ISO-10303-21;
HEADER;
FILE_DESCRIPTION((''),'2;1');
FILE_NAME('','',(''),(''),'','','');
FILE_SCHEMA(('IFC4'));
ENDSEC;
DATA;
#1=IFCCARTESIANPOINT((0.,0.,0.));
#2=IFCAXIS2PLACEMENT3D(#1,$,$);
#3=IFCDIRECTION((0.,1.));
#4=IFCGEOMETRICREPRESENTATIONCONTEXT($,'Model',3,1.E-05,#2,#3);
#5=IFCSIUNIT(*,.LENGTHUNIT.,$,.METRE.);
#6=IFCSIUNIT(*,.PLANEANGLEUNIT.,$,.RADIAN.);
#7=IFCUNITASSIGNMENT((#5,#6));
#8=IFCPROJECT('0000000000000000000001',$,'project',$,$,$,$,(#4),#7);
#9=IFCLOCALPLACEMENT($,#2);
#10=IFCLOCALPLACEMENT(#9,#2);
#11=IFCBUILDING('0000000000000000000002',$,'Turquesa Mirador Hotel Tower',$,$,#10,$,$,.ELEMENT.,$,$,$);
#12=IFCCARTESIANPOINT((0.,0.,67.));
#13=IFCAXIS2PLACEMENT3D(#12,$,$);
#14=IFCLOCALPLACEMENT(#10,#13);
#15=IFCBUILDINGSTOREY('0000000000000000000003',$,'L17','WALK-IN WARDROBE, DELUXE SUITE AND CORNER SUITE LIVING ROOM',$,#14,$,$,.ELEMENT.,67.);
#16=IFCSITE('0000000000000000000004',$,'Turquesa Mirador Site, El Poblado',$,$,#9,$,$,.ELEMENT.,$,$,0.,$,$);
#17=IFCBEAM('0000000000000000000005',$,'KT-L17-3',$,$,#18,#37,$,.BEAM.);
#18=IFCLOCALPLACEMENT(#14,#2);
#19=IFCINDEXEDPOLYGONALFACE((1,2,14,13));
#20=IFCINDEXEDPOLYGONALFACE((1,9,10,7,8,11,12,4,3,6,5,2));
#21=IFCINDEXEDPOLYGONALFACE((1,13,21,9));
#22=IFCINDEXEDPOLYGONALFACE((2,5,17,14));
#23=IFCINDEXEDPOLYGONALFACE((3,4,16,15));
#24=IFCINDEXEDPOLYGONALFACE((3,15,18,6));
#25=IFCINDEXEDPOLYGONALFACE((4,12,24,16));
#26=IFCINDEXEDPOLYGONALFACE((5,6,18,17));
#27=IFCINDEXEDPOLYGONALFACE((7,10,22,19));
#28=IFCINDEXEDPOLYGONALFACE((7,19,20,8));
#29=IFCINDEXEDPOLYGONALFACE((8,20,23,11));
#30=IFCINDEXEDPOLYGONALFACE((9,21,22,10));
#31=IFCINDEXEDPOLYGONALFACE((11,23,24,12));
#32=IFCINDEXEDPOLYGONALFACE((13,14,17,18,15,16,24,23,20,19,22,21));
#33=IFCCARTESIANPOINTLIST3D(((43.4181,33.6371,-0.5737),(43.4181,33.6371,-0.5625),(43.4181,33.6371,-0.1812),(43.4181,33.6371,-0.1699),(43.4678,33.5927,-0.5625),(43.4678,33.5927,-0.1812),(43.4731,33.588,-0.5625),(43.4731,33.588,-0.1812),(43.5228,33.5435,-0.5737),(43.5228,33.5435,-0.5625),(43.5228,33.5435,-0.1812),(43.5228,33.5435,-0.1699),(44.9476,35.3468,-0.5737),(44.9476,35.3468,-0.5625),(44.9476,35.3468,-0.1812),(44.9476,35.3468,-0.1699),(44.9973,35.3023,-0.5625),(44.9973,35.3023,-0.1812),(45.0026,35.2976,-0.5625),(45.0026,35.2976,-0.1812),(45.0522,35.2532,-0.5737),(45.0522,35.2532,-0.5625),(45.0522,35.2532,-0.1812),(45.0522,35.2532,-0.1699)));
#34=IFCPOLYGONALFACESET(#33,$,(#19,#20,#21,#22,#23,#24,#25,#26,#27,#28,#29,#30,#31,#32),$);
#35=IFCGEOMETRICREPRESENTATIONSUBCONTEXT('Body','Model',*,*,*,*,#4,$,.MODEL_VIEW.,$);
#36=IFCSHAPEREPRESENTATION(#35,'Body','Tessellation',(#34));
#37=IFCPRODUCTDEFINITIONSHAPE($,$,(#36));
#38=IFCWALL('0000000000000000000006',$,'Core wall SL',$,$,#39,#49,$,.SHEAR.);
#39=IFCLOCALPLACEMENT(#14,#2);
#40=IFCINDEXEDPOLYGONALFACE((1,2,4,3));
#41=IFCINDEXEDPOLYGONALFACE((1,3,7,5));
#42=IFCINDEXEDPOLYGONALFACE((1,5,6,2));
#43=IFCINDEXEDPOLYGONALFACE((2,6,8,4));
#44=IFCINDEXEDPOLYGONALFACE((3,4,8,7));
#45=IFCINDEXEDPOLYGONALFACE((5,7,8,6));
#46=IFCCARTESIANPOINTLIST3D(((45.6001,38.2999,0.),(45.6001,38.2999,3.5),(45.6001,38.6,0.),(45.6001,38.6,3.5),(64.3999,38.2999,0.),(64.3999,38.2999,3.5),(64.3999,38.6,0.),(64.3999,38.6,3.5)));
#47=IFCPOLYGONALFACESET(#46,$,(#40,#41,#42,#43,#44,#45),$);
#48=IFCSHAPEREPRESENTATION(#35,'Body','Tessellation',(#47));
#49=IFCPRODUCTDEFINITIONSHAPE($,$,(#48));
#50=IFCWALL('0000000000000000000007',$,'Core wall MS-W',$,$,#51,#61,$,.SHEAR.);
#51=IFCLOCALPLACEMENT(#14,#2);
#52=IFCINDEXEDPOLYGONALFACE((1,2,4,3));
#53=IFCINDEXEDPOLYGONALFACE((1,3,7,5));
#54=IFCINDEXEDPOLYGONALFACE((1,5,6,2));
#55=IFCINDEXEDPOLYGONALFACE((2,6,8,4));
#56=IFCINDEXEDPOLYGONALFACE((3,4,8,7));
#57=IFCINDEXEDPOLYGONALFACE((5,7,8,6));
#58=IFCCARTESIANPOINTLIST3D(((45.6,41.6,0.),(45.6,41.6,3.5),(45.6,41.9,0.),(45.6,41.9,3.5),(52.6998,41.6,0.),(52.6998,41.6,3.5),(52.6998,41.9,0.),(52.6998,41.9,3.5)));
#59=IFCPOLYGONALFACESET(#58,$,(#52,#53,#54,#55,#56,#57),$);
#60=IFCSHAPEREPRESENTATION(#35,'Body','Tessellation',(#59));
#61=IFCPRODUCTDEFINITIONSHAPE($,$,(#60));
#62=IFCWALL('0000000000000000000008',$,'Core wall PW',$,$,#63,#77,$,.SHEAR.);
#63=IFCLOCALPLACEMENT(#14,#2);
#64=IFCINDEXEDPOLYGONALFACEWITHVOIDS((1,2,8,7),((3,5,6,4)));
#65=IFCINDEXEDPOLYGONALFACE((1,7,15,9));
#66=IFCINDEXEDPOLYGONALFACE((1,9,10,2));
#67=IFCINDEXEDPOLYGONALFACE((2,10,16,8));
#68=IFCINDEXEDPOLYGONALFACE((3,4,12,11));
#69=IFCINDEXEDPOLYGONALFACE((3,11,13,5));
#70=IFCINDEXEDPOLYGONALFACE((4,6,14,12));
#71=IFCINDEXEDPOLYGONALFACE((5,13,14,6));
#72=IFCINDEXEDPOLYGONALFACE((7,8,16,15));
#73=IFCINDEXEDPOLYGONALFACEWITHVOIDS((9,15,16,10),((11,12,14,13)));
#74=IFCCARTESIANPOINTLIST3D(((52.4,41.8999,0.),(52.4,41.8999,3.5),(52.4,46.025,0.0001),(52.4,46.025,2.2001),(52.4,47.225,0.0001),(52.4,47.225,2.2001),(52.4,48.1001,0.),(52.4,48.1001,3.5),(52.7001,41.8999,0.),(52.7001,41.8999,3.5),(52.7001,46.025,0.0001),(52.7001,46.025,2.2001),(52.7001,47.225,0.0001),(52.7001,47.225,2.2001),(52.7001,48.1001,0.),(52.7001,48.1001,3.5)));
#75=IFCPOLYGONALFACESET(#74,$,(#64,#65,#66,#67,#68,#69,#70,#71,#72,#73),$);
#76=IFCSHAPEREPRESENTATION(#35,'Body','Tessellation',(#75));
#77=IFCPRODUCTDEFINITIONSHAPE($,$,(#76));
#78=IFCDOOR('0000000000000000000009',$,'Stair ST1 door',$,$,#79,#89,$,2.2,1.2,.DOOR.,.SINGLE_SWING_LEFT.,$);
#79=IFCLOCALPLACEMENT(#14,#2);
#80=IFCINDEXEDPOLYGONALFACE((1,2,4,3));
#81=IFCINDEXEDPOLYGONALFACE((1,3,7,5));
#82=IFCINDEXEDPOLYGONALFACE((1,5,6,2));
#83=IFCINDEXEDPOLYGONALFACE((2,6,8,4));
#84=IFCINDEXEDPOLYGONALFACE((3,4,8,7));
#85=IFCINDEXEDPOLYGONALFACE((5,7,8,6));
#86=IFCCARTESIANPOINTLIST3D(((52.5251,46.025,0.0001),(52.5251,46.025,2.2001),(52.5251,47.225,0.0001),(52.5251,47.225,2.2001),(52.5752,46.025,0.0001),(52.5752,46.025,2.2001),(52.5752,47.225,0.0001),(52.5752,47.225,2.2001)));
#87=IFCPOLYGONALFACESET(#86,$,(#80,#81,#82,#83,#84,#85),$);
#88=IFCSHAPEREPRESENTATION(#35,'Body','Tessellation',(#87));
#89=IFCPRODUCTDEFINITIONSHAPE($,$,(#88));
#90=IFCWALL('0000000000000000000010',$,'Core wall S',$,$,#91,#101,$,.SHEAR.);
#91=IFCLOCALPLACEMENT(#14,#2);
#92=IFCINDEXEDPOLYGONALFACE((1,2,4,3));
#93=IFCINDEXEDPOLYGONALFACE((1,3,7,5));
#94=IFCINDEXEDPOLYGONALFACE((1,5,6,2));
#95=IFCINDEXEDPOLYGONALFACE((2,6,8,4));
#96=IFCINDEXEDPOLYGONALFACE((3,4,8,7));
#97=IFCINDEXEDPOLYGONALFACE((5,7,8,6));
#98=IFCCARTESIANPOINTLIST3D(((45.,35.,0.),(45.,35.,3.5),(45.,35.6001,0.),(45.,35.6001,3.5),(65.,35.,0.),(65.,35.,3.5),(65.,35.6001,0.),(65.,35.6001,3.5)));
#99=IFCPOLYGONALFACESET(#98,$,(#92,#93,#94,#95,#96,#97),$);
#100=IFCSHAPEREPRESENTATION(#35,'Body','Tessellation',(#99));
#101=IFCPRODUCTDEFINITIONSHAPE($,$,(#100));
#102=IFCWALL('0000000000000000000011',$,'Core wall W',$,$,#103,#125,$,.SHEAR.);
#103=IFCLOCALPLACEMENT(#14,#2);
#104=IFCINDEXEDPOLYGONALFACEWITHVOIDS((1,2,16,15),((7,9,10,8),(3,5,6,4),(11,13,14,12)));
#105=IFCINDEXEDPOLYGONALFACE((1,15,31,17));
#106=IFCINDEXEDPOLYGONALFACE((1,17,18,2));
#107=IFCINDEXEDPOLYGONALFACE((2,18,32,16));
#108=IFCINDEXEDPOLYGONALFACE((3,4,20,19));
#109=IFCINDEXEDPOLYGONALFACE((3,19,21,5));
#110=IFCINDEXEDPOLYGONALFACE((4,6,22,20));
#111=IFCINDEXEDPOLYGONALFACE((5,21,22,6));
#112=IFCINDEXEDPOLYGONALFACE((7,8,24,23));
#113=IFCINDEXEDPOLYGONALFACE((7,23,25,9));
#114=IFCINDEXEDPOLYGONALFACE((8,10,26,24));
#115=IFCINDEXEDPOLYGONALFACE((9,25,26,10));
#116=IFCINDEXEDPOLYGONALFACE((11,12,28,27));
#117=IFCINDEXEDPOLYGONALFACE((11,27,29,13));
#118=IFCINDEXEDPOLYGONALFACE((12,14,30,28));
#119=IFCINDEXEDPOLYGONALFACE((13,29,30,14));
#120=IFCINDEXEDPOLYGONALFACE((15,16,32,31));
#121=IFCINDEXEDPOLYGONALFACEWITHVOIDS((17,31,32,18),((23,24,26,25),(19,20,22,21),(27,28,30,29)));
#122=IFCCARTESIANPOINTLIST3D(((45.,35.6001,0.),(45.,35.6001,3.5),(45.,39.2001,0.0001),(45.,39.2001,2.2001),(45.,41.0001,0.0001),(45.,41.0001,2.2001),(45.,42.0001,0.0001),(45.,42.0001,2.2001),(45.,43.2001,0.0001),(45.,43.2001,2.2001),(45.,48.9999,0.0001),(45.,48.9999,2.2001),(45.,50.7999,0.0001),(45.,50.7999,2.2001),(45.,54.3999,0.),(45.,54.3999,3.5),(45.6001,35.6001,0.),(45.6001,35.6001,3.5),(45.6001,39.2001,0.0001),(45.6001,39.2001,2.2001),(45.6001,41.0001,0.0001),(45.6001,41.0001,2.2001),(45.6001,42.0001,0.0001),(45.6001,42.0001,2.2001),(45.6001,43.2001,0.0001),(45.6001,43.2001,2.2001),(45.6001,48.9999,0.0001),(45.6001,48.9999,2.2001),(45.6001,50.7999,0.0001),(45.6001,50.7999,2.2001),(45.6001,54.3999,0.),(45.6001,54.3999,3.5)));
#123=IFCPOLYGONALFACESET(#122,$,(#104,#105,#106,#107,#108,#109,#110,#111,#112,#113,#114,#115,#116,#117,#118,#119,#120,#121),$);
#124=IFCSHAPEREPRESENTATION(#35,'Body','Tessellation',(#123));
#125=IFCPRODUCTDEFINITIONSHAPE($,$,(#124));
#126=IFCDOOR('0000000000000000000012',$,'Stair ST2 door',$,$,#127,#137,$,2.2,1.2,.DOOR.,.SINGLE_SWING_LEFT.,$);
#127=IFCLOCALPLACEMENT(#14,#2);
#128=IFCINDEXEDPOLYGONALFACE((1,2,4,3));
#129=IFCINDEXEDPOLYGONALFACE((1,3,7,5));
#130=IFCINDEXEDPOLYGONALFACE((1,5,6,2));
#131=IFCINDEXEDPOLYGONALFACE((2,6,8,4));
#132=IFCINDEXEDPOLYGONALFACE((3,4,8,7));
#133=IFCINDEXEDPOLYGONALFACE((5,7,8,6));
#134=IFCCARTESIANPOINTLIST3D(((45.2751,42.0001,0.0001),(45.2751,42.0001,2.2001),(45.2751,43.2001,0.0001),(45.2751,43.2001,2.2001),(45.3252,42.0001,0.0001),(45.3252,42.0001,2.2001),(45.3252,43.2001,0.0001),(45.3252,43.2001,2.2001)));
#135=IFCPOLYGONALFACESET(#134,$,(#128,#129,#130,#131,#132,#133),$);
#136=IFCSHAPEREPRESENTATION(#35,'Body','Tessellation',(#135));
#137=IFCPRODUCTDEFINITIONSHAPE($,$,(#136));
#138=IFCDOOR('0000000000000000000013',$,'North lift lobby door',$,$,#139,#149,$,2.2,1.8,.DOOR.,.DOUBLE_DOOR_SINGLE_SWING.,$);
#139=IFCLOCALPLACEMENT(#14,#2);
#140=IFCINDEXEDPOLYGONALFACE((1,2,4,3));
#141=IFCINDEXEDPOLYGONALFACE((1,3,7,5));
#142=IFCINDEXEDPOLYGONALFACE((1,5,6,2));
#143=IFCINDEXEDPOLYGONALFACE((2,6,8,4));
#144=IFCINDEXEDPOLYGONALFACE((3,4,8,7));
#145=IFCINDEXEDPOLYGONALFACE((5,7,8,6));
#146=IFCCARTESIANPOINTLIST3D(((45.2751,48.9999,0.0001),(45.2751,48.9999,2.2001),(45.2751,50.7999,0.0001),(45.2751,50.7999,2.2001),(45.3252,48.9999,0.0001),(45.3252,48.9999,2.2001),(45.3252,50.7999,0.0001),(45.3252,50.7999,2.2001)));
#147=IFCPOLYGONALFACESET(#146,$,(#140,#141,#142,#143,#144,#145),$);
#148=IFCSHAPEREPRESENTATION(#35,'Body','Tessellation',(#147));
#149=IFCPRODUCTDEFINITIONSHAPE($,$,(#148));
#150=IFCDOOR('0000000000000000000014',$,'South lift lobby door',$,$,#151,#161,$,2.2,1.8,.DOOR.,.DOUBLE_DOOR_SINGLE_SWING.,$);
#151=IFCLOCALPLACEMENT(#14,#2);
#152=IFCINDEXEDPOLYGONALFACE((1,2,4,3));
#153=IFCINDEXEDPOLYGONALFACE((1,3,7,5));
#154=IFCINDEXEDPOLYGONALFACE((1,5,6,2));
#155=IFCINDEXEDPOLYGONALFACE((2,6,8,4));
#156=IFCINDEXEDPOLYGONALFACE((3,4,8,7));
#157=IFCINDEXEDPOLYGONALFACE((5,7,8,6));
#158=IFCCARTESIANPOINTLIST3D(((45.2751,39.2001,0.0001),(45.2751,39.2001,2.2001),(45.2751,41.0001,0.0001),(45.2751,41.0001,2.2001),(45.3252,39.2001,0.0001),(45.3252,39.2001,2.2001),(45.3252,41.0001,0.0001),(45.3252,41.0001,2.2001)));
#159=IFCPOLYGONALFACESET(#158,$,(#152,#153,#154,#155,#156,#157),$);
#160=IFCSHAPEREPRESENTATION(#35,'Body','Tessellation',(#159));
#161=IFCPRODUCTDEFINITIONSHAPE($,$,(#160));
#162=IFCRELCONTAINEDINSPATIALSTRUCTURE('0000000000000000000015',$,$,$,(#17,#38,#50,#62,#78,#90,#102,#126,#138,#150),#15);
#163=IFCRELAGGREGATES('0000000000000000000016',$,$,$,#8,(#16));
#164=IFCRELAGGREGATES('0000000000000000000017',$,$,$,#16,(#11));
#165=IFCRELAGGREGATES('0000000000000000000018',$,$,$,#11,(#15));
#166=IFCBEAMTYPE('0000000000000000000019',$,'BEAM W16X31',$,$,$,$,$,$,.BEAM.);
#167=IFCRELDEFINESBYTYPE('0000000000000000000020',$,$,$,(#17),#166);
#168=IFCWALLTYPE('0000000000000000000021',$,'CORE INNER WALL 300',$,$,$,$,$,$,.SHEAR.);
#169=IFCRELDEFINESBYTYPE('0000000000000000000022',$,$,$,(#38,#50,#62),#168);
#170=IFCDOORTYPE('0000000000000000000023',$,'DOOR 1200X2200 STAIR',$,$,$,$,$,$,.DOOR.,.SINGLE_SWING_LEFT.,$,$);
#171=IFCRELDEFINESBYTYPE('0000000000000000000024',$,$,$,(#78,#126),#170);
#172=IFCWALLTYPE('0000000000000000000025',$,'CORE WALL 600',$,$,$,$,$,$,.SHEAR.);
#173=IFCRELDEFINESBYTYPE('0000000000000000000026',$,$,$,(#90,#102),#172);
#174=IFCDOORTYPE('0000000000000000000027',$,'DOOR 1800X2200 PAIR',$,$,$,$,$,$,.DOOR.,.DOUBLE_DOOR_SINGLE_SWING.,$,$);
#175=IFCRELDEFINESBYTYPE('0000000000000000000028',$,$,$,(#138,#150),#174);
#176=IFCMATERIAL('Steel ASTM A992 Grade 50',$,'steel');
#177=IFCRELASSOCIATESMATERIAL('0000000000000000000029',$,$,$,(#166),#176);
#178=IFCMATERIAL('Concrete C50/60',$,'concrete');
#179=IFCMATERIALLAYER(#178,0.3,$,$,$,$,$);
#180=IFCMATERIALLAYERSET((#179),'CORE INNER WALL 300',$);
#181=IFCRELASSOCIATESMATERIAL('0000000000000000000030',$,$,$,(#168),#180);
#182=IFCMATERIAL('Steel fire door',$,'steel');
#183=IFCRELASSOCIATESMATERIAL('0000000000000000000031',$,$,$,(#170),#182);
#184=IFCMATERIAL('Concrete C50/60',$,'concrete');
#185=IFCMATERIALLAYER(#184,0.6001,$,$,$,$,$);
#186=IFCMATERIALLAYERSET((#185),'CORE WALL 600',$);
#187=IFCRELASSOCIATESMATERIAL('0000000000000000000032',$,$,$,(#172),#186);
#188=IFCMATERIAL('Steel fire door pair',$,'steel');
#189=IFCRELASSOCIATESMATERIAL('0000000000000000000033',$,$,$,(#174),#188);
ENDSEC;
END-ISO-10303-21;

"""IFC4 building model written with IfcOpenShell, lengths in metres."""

from ifc_helpers import new_model, si_unit, direction, frame, frame_2d, origin, origin_2d, place, context, subcontext, project, spatial, rectangle, i_section, extrude, material, layer, layer_set, material_profile, profile_set, type_object, element, fill, save


model = new_model("IFC4")

# Units and contexts
model_context = context("Model", 3, precision=1e-05, world=origin(), true_north=direction((0.0, 1.0)))
body_context = subcontext(model_context, "Body", "Model", "MODEL_VIEW")
ifc_project = project(units=[si_unit("LENGTHUNIT", "METRE"), si_unit("PLANEANGLEUNIT", "RADIAN")], contexts=[model_context])

# Site, building, storey
site_placement = place(None, origin())
site = spatial("IfcSite", under=ifc_project, at=site_placement, Name="Turquesa Mirador Site, El Poblado", CompositionType="ELEMENT", RefElevation=0.0)
building_placement = place(site_placement, origin())
building = spatial("IfcBuilding", under=site, at=building_placement, Name="Turquesa Mirador Hotel Tower", CompositionType="ELEMENT")
storey_placement = place(building_placement, frame((0.0, 0.0, 67.0)))
storey = spatial("IfcBuildingStorey", under=building, at=storey_placement, Name="L17", Description="WALK-IN WARDROBE, DELUXE SUITE AND CORNER SUITE LIVING ROOM", CompositionType="ELEMENT", Elevation=67.0)

# Beam
ifc_material_1 = material(Name="Steel ASTM A992 Grade 50", Category="steel")
ifc_material_profile = material_profile(ifc_material_1, i_section(OverallWidth=0.1404, OverallDepth=0.4038, WebThickness=0.0071, FlangeThickness=0.0112, at=origin_2d()), Name="W16X31")
ifc_profile_set = profile_set([ifc_material_profile], Name="Steel ASTM A992 Grade 50")
beam_type = type_object("IfcBeamType", Name="BEAM W16X31", PredefinedType="BEAM", material=ifc_profile_set)
beam_placement = place(storey_placement, frame((43.4705, 33.5903, -0.3718), z_axis=(0.666745, 0.745286, 0.0), x_axis=(-0.745286, 0.666745, 0.0)))
element("IfcBeam", 1, at=beam_placement, inside=storey, type_object=beam_type, Name="KT-L17-3", PredefinedType="BEAM", context=body_context, shape_type="SweptSolid", body=[
    extrude(i_section(OverallWidth=0.1404, OverallDepth=0.4038, WebThickness=0.0071, FlangeThickness=0.0112, at=origin_2d()), origin(), (0.0, 0.0, 1.0), 2.2939),
])

# Walls
ifc_material_2 = material(Name="Concrete C50/60", Category="concrete")
ifc_layer_1 = layer(ifc_material_2, 0.3)
ifc_layer_set_1 = layer_set([ifc_layer_1], Name="CORE INNER WALL 300")
wall_type_1 = type_object("IfcWallType", Name="CORE INNER WALL 300", PredefinedType="SHEAR", material=ifc_layer_set_1)
wall_1_placement = place(storey_placement, frame((45.6001, 38.45, 0.0), z_axis=(0.0, 0.0, 1.0), x_axis=(1.0, 0.0, 0.0)))
element("IfcWall", 2, at=wall_1_placement, inside=storey, type_object=wall_type_1, Name="Core wall SL", PredefinedType="SHEAR", context=body_context, shape_type="SweptSolid", body=[
    extrude(rectangle(XDim=18.7998, YDim=0.3, at=frame_2d((9.3999, 0.0))), origin(), (0.0, 0.0, 1.0), 3.5),
])
wall_2_placement = place(storey_placement, frame((45.6001, 41.75, 0.0), z_axis=(0.0, 0.0, 1.0), x_axis=(1.0, 0.0, 0.0)))
element("IfcWall", 3, at=wall_2_placement, inside=storey, type_object=wall_type_1, Name="Core wall MS-W", PredefinedType="SHEAR", context=body_context, shape_type="SweptSolid", body=[
    extrude(rectangle(XDim=7.0999, YDim=0.3, at=frame_2d((3.5498, 0.0))), origin(), (0.0, 0.0, 1.0), 3.5),
])

# Wall, opening, door
wall_3_placement = place(storey_placement, frame((52.55, 41.8999, 0.0), z_axis=(0.0, 0.0, 1.0), x_axis=(0.0, 1.0, 0.0)))
wall_3 = element("IfcWall", 4, at=wall_3_placement, inside=storey, type_object=wall_type_1, Name="Core wall PW", PredefinedType="SHEAR", context=body_context, shape_type="SweptSolid", body=[
    extrude(rectangle(XDim=6.2002, YDim=0.3, at=frame_2d((3.1001, 0.0))), origin(), (0.0, 0.0, 1.0), 3.5),
])
opening_1_placement = place(wall_3_placement, frame((4.125, 0.0, 0.0)))
opening_1 = element("IfcOpeningElement", 5, at=opening_1_placement, cuts=wall_3, PredefinedType="OPENING", context=body_context, shape_type="SweptSolid", body=[
    extrude(rectangle(XDim=1.2, YDim=2.2, at=frame_2d((0.6001, 1.1001))), frame((0.0, 0.1599, 0.0), z_axis=(0.0, -1.0, 0.0), x_axis=(1.0, 0.0, 0.0)), (0.0, 0.0, 1.0), 0.3201),
])
ifc_material_3 = material(Name="Steel fire door", Category="steel")
door_type_1 = type_object("IfcDoorType", Name="DOOR 1200X2200 STAIR", OperationType="SINGLE_SWING_LEFT", PredefinedType="DOOR", material=ifc_material_3)
door_1_placement = place(opening_1_placement, origin())
door_1 = element("IfcDoor", 6, at=door_1_placement, inside=storey, type_object=door_type_1, Name="Stair ST1 door", OperationType="SINGLE_SWING_LEFT", OverallHeight=2.2, OverallWidth=1.2, PredefinedType="DOOR", context=body_context, shape_type="SweptSolid", body=[
    extrude(rectangle(XDim=1.2, YDim=2.2, at=frame_2d((0.6001, 1.1001))), frame((0.0, 0.0249, 0.0), z_axis=(0.0, -1.0, 0.0), x_axis=(1.0, 0.0, 0.0)), (0.0, 0.0, 1.0), 0.05),
])
fill(opening_1, door_1)

# Wall
ifc_material_4 = material(Name="Concrete C50/60", Category="concrete")
ifc_layer_2 = layer(ifc_material_4, 0.6001)
ifc_layer_set_2 = layer_set([ifc_layer_2], Name="CORE WALL 600")
wall_type_2 = type_object("IfcWallType", Name="CORE WALL 600", PredefinedType="SHEAR", material=ifc_layer_set_2)
wall_4_placement = place(storey_placement, frame((45.0, 35.3, 0.0), z_axis=(0.0, 0.0, 1.0), x_axis=(1.0, 0.0, 0.0)))
element("IfcWall", 7, at=wall_4_placement, inside=storey, type_object=wall_type_2, Name="Core wall S", PredefinedType="SHEAR", context=body_context, shape_type="SweptSolid", body=[
    extrude(rectangle(XDim=20.0, YDim=0.6001, at=frame_2d((10.0, 0.0))), origin(), (0.0, 0.0, 1.0), 3.5),
])

# Wall, openings, doors
wall_5_placement = place(storey_placement, frame((45.3, 35.6001, 0.0), z_axis=(0.0, 0.0, 1.0), x_axis=(0.0, 1.0, 0.0)))
wall_5 = element("IfcWall", 8, at=wall_5_placement, inside=storey, type_object=wall_type_2, Name="Core wall W", PredefinedType="SHEAR", context=body_context, shape_type="SweptSolid", body=[
    extrude(rectangle(XDim=18.7998, YDim=0.6001, at=frame_2d((9.3999, 0.0))), origin(), (0.0, 0.0, 1.0), 3.5),
])
opening_2_placement = place(wall_5_placement, frame((13.3999, 0.0, 0.0)))
opening_2 = element("IfcOpeningElement", 9, at=opening_2_placement, cuts=wall_5, PredefinedType="OPENING", context=body_context, shape_type="SweptSolid", body=[
    extrude(rectangle(XDim=1.8, YDim=2.2, at=frame_2d((0.8999, 1.1001))), frame((0.0, 0.3101, 0.0), z_axis=(0.0, -1.0, 0.0), x_axis=(1.0, 0.0, 0.0)), (0.0, 0.0, 1.0), 0.6201),
])
opening_3_placement = place(wall_5_placement, frame((3.6001, 0.0, 0.0)))
opening_3 = element("IfcOpeningElement", 10, at=opening_3_placement, cuts=wall_5, PredefinedType="OPENING", context=body_context, shape_type="SweptSolid", body=[
    extrude(rectangle(XDim=1.8, YDim=2.2, at=frame_2d((0.8999, 1.1001))), frame((0.0, 0.3101, 0.0), z_axis=(0.0, -1.0, 0.0), x_axis=(1.0, 0.0, 0.0)), (0.0, 0.0, 1.0), 0.6201),
])
opening_4_placement = place(wall_5_placement, frame((6.3999, 0.0, 0.0)))
opening_4 = element("IfcOpeningElement", 11, at=opening_4_placement, cuts=wall_5, PredefinedType="OPENING", context=body_context, shape_type="SweptSolid", body=[
    extrude(rectangle(XDim=1.2, YDim=2.2, at=frame_2d((0.6001, 1.1001))), frame((0.0, 0.3101, 0.0), z_axis=(0.0, -1.0, 0.0), x_axis=(1.0, 0.0, 0.0)), (0.0, 0.0, 1.0), 0.6201),
])
door_2_placement = place(opening_4_placement, origin())
door_2 = element("IfcDoor", 12, at=door_2_placement, inside=storey, type_object=door_type_1, Name="Stair ST2 door", OperationType="SINGLE_SWING_LEFT", OverallHeight=2.2, OverallWidth=1.2, PredefinedType="DOOR", context=body_context, shape_type="SweptSolid", body=[
    extrude(rectangle(XDim=1.2, YDim=2.2, at=frame_2d((0.6001, 1.1001))), frame((0.0, 0.0249, 0.0), z_axis=(0.0, -1.0, 0.0), x_axis=(1.0, 0.0, 0.0)), (0.0, 0.0, 1.0), 0.05),
])
fill(opening_4, door_2)
ifc_material_5 = material(Name="Steel fire door pair", Category="steel")
door_type_2 = type_object("IfcDoorType", Name="DOOR 1800X2200 PAIR", OperationType="DOUBLE_DOOR_SINGLE_SWING", PredefinedType="DOOR", material=ifc_material_5)
door_3_placement = place(opening_2_placement, origin())
door_3 = element("IfcDoor", 13, at=door_3_placement, inside=storey, type_object=door_type_2, Name="North lift lobby door", OperationType="DOUBLE_DOOR_SINGLE_SWING", OverallHeight=2.2, OverallWidth=1.8, PredefinedType="DOOR", context=body_context, shape_type="SweptSolid", body=[
    extrude(rectangle(XDim=1.8, YDim=2.2, at=frame_2d((0.8999, 1.1001))), frame((0.0, 0.0249, 0.0), z_axis=(0.0, -1.0, 0.0), x_axis=(1.0, 0.0, 0.0)), (0.0, 0.0, 1.0), 0.05),
])
fill(opening_2, door_3)
door_4_placement = place(opening_3_placement, origin())
door_4 = element("IfcDoor", 14, at=door_4_placement, inside=storey, type_object=door_type_2, Name="South lift lobby door", OperationType="DOUBLE_DOOR_SINGLE_SWING", OverallHeight=2.2, OverallWidth=1.8, PredefinedType="DOOR", context=body_context, shape_type="SweptSolid", body=[
    extrude(rectangle(XDim=1.8, YDim=2.2, at=frame_2d((0.8999, 1.1001))), frame((0.0, 0.0249, 0.0), z_axis=(0.0, -1.0, 0.0), x_axis=(1.0, 0.0, 0.0)), (0.0, 0.0, 1.0), 0.05),
])
fill(opening_3, door_4)

save(model, "model.ifc")
